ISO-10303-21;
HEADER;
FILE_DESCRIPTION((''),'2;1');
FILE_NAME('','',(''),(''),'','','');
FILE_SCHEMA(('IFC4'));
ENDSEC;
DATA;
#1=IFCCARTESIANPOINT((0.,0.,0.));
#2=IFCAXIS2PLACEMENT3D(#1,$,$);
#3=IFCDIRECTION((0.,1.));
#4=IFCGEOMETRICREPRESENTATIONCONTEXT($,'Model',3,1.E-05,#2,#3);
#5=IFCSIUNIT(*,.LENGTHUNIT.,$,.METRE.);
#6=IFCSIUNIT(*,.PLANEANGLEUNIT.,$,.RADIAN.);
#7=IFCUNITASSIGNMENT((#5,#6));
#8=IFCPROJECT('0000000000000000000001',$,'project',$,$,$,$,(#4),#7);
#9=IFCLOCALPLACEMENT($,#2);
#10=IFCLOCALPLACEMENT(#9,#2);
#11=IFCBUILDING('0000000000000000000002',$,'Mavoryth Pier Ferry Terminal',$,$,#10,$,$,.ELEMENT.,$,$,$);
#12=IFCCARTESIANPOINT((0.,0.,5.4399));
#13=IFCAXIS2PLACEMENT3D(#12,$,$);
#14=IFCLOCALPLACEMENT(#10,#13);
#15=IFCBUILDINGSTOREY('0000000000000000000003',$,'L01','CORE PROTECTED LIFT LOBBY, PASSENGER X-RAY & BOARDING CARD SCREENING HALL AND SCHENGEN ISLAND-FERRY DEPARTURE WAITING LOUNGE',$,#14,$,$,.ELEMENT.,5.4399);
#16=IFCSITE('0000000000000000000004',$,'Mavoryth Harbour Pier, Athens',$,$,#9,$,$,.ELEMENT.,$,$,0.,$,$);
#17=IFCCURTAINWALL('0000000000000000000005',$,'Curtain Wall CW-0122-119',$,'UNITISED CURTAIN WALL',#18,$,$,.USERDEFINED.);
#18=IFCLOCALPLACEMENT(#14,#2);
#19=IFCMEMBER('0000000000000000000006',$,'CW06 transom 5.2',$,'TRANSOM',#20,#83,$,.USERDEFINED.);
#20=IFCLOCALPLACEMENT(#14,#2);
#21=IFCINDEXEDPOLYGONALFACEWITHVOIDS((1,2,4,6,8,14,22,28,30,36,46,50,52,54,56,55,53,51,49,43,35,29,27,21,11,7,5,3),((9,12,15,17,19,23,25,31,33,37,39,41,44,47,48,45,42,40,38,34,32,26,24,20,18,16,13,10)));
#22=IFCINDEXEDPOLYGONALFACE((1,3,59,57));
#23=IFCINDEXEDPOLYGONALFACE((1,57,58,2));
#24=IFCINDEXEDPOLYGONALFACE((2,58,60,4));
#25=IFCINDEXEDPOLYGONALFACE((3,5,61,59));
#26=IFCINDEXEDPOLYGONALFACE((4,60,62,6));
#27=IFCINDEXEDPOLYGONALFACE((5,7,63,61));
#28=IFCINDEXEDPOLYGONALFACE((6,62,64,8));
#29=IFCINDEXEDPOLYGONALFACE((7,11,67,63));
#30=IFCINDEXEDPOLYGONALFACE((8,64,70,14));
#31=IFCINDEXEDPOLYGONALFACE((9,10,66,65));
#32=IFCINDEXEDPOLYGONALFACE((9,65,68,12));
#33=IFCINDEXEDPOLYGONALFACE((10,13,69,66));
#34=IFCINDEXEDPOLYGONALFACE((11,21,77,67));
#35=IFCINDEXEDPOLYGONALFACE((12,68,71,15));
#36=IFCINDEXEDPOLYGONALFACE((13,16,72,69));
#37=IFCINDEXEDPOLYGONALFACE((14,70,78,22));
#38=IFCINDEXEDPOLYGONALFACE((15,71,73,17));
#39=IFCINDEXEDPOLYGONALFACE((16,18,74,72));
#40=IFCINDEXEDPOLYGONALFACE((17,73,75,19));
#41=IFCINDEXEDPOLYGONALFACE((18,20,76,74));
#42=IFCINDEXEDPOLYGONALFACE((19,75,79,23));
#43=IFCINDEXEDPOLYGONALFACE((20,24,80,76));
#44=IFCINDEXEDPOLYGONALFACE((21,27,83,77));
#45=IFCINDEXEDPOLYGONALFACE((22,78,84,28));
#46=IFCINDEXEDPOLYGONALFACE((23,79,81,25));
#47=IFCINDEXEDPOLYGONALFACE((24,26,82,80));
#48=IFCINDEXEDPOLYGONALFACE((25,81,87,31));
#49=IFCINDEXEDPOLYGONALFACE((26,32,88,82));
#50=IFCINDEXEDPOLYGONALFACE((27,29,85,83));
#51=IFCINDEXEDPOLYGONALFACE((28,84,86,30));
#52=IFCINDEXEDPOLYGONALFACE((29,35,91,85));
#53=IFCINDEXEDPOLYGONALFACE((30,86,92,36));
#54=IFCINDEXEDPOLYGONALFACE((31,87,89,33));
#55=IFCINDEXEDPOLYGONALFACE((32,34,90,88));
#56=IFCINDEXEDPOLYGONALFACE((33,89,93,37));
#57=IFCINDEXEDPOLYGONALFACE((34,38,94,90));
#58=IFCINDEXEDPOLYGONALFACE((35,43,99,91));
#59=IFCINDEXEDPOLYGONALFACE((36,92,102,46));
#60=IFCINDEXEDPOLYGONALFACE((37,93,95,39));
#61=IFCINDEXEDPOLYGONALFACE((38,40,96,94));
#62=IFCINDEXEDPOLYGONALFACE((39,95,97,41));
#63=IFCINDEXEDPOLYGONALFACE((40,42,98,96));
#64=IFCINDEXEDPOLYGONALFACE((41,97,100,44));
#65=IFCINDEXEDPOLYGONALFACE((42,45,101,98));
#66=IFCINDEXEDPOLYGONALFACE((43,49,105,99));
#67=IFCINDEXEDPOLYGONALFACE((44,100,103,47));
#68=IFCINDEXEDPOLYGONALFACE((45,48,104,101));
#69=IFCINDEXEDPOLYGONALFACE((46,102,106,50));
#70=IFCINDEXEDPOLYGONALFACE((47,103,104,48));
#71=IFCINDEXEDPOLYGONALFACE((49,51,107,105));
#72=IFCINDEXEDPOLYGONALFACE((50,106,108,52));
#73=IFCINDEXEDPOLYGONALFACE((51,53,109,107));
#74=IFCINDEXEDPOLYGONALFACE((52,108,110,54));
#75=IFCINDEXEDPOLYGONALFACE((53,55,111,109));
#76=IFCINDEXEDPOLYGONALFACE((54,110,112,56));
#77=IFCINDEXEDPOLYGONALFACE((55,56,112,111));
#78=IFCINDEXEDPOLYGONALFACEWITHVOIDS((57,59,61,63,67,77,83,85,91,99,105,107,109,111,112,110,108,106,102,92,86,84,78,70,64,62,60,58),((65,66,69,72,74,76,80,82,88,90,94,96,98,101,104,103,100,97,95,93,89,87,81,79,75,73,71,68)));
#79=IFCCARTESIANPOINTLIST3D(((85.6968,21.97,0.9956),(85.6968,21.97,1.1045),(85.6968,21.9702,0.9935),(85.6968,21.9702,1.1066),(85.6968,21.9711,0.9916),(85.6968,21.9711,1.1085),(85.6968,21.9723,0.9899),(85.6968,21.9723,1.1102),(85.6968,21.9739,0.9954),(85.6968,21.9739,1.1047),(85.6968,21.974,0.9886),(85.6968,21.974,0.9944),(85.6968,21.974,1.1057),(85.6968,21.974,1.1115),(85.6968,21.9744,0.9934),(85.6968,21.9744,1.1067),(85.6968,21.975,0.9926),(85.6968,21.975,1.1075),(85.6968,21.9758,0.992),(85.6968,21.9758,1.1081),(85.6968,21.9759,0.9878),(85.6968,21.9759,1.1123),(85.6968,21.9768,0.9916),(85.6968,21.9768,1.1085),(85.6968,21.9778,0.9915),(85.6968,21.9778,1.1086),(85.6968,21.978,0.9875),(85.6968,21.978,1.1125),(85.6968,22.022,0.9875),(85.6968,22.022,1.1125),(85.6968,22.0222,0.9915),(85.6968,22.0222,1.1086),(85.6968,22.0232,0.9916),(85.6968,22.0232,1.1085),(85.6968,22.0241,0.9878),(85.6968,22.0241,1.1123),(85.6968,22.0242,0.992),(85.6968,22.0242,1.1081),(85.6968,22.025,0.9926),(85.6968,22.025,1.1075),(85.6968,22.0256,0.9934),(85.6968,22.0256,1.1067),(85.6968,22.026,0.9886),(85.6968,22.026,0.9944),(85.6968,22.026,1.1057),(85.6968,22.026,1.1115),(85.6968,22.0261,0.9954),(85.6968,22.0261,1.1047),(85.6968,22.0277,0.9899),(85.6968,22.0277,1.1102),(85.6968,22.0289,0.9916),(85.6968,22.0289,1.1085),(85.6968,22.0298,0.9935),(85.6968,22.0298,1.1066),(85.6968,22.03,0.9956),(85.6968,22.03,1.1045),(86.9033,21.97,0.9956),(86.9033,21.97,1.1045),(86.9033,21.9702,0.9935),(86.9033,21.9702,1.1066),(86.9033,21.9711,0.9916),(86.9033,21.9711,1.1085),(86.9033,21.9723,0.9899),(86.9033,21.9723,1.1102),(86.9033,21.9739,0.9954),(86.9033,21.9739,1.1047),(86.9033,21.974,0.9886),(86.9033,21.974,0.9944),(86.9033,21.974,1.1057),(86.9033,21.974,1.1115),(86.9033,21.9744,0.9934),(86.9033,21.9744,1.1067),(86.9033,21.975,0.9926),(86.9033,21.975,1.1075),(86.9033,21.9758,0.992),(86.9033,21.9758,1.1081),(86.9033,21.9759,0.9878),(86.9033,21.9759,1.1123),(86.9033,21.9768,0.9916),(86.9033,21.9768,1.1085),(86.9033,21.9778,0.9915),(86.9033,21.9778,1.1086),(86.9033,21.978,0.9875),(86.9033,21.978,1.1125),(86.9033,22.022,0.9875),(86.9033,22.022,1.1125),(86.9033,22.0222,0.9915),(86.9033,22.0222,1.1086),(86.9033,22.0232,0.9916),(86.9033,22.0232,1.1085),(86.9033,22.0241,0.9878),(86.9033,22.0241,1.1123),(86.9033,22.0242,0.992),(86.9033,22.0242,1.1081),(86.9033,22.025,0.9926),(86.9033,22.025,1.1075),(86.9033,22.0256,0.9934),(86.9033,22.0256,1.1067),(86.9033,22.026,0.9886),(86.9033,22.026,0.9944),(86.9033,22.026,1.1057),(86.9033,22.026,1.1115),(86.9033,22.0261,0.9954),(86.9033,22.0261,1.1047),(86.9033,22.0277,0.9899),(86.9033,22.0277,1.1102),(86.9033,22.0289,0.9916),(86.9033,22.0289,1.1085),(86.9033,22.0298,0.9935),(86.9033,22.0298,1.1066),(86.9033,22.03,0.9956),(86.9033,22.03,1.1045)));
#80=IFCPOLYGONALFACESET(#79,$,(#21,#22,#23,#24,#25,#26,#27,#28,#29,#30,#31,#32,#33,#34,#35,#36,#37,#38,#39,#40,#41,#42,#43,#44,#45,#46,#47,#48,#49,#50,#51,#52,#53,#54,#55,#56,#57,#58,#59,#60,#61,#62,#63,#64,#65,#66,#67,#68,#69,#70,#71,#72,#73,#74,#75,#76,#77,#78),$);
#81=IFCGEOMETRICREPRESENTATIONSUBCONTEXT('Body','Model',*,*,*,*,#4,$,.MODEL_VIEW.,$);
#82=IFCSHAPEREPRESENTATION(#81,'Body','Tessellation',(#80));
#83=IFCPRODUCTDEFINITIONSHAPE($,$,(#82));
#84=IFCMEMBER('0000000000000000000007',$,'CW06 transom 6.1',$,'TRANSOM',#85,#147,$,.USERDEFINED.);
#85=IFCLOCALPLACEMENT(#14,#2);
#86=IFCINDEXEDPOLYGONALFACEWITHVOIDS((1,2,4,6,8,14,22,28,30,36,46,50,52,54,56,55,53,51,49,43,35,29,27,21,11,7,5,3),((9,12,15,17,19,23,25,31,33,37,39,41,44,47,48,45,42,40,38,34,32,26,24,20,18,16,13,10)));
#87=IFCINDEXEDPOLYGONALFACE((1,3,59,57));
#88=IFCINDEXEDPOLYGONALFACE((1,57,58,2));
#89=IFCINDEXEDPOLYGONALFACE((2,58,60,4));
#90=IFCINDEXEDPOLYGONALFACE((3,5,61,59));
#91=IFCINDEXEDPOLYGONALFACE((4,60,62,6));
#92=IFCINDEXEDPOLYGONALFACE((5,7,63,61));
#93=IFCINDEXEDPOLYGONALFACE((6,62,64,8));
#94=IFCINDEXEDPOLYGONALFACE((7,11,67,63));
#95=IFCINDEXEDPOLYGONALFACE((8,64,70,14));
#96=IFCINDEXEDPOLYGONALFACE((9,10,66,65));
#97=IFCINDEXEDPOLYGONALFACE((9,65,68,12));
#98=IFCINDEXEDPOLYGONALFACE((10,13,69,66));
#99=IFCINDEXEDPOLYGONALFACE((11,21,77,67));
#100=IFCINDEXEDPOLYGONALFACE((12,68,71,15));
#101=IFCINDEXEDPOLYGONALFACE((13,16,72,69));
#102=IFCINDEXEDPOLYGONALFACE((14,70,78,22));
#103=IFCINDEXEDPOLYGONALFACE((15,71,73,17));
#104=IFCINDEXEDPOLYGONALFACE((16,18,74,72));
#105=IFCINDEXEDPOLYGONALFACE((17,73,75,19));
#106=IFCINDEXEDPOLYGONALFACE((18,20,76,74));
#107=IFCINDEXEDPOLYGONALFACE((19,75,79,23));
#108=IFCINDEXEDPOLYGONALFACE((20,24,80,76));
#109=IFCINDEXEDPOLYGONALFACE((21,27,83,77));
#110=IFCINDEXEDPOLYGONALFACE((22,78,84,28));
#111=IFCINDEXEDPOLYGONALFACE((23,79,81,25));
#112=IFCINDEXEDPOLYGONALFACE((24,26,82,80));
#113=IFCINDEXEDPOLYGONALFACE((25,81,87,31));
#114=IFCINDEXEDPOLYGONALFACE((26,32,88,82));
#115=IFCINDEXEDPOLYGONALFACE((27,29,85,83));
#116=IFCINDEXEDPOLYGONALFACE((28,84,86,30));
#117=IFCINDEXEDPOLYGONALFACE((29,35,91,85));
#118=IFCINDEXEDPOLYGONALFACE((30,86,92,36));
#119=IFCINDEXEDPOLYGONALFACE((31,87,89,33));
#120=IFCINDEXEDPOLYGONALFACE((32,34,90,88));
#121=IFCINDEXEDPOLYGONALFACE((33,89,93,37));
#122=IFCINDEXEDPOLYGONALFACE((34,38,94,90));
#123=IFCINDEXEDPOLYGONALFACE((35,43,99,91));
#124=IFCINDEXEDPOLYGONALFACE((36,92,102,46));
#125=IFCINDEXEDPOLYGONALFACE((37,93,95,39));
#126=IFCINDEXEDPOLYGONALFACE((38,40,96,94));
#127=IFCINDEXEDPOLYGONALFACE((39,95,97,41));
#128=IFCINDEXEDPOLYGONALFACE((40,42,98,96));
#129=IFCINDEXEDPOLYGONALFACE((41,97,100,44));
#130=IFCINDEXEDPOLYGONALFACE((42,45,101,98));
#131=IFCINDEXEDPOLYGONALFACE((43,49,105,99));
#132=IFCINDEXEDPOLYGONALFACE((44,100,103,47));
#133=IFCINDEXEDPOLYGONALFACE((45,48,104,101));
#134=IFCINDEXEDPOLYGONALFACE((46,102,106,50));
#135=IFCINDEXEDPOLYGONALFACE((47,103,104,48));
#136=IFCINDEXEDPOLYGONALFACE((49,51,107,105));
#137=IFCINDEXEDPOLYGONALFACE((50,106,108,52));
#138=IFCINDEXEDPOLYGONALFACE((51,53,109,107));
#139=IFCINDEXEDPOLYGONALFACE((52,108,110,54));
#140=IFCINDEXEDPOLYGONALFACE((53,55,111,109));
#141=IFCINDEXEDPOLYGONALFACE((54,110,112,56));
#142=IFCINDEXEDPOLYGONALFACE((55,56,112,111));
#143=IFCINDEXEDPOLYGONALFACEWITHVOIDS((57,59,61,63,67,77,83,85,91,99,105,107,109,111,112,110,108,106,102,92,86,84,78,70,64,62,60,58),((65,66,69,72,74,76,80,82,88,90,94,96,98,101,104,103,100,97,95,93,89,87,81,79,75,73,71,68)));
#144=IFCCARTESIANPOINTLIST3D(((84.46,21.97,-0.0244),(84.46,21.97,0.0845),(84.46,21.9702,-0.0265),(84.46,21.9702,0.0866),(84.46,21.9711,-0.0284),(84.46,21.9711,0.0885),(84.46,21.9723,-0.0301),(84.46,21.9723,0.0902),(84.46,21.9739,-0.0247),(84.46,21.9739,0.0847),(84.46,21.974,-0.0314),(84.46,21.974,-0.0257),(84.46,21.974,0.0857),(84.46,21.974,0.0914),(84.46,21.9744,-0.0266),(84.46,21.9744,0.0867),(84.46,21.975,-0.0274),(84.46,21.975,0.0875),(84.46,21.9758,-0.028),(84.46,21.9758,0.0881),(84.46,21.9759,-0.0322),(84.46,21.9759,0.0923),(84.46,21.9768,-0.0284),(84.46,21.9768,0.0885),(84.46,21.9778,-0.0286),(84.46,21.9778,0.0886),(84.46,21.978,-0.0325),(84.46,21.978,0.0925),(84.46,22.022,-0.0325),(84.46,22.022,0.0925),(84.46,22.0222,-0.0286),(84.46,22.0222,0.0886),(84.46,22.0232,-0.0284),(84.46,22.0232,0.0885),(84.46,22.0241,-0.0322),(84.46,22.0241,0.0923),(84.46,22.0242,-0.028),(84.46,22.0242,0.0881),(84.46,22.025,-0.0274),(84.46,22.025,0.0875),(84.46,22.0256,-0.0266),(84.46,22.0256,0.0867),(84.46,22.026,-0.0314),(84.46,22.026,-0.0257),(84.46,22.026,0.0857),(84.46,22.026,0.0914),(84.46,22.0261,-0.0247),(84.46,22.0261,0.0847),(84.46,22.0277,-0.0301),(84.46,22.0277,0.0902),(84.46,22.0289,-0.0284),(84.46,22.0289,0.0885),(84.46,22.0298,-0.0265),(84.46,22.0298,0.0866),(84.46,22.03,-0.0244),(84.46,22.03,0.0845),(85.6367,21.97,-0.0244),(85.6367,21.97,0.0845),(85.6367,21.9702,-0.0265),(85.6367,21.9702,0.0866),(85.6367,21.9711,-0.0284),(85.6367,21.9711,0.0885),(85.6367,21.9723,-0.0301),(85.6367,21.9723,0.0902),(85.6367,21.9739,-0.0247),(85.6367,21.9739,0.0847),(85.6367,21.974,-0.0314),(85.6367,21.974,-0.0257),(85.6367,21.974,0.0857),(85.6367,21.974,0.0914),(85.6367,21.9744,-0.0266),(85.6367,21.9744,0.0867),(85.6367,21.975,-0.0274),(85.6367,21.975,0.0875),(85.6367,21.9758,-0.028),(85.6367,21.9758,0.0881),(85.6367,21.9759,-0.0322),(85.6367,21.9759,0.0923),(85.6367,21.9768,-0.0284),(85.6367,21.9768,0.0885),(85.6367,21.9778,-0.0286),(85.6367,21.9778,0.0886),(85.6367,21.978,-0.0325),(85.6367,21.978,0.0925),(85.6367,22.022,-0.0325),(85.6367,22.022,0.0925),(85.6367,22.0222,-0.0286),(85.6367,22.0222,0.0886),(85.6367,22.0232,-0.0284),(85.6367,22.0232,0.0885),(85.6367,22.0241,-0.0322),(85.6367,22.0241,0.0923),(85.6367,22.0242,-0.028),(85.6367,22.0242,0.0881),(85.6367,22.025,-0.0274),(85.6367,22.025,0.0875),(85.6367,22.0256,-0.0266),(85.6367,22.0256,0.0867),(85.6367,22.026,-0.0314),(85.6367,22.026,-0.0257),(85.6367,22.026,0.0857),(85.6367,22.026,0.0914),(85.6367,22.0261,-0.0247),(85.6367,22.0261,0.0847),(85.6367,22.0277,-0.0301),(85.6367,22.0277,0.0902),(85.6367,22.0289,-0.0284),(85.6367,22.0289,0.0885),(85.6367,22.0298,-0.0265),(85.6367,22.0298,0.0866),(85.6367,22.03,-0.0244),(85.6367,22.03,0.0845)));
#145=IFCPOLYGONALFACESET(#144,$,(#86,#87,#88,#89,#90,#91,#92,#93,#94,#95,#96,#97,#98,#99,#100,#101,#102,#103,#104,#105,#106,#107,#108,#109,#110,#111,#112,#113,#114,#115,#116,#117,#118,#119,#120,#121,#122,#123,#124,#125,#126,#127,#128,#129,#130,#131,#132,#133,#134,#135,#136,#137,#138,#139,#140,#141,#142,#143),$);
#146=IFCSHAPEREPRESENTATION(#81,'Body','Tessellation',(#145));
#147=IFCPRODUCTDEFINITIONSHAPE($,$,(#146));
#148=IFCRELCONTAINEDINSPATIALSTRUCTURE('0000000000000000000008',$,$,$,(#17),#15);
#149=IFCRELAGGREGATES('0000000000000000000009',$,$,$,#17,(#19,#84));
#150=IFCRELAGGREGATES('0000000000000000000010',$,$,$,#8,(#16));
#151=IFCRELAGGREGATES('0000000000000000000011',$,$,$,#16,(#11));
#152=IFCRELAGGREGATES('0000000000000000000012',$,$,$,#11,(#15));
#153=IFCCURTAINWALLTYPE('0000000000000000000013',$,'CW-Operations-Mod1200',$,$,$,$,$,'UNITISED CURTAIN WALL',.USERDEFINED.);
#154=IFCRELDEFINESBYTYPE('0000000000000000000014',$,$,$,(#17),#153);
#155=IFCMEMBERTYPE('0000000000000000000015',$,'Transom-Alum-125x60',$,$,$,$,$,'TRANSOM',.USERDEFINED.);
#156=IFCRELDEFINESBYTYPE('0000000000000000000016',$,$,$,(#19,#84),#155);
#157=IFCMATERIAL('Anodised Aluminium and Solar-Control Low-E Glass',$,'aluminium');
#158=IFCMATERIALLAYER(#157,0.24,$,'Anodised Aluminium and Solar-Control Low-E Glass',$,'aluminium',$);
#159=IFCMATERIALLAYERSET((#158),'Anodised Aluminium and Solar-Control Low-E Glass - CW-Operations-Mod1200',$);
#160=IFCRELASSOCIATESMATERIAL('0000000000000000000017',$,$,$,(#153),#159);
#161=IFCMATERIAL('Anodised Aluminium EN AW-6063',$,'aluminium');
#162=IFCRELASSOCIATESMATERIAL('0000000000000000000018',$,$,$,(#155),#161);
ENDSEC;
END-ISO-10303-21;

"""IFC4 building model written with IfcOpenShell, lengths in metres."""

from ifc_helpers import new_model, si_unit, direction, frame, origin, origin_2d, place, context, subcontext, project, spatial, hollow_rectangle, extrude, material, layer, layer_set, material_profile, profile_set, type_object, element, aggregate, save


model = new_model("IFC4")

# Units and contexts
model_context = context("Model", 3, precision=1e-05, world=origin(), true_north=direction((0.0, 1.0)))
body_context = subcontext(model_context, "Body", "Model", "MODEL_VIEW")
ifc_project = project(units=[si_unit("LENGTHUNIT", "METRE"), si_unit("PLANEANGLEUNIT", "RADIAN")], contexts=[model_context])

# Site, building, storey
site_placement = place(None, origin())
site = spatial("IfcSite", under=ifc_project, at=site_placement, Name="Mavoryth Harbour Pier, Athens", CompositionType="ELEMENT", RefElevation=0.0)
building_placement = place(site_placement, origin())
building = spatial("IfcBuilding", under=site, at=building_placement, Name="Mavoryth Pier Ferry Terminal", CompositionType="ELEMENT")
storey_placement = place(building_placement, frame((0.0, 0.0, 5.4399)))
storey = spatial("IfcBuildingStorey", under=building, at=storey_placement, Name="L01", Description="CORE PROTECTED LIFT LOBBY, PASSENGER X-RAY & BOARDING CARD SCREENING HALL AND SCHENGEN ISLAND-FERRY DEPARTURE WAITING LOUNGE", CompositionType="ELEMENT", Elevation=5.4399)

# Curtain wall
ifc_material_1 = material(Name="Anodised Aluminium and Solar-Control Low-E Glass", Category="aluminium")
ifc_layer_1 = layer(ifc_material_1, 0.24, Name="Anodised Aluminium and Solar-Control Low-E Glass", Category="aluminium")
ifc_layer_set_1 = layer_set([ifc_layer_1], Name="Anodised Aluminium and Solar-Control Low-E Glass - CW-Operations-Mod1200")
curtain_wall_type = type_object("IfcCurtainWallType", Name="CW-Operations-Mod1200", ElementType="UNITISED CURTAIN WALL", PredefinedType="USERDEFINED", material=ifc_layer_set_1)
ifc_material_2 = material(Name="Anodised Aluminium EN AW-6063", Category="aluminium")
curtain_wall_1_placement = place(storey_placement, origin())
curtain_wall_1 = element("IfcCurtainWall", 1, at=curtain_wall_1_placement, inside=storey, type_object=curtain_wall_type, Name="Curtain Wall CW-0122-119", ObjectType="UNITISED CURTAIN WALL", PredefinedType="USERDEFINED")

# Members
ifc_material_profile_1 = material_profile(ifc_material_2, hollow_rectangle(XDim=0.0601, YDim=0.125, WallThickness=0.0039, InnerFilletRadius=0.0039, OuterFilletRadius=0.0081, at=origin_2d()), Name="AL-TRAN 125x60x4", Category="aluminium")
ifc_profile_set_1 = profile_set([ifc_material_profile_1], Name="Anodised Aluminium EN AW-6063 - AL-TRAN 125x60x4")
member_type_1 = type_object("IfcMemberType", Name="Transom-Alum-125x60", ElementType="TRANSOM", PredefinedType="USERDEFINED", material=ifc_profile_set_1)
member_1_placement = place(storey_placement, frame((86.9033, 22.0, 1.05), z_axis=(-1.0, 0.0, 0.0), x_axis=(0.0, -1.0, 0.0)))
member_1 = element("IfcMember", 2, at=member_1_placement, type_object=member_type_1, Name="CW06 transom 5.2", ObjectType="TRANSOM", PredefinedType="USERDEFINED", context=body_context, shape_type="SweptSolid", body=[
    extrude(hollow_rectangle(XDim=0.0601, YDim=0.125, WallThickness=0.0039, InnerFilletRadius=0.0039, OuterFilletRadius=0.0081, at=origin_2d()), origin(), (0.0, 0.0, 1.0), 1.2065),
])
member_2_placement = place(storey_placement, frame((85.6367, 22.0, 0.03), z_axis=(-1.0, 0.0, 0.0), x_axis=(0.0, -1.0, 0.0)))
member_2 = element("IfcMember", 3, at=member_2_placement, type_object=member_type_1, Name="CW06 transom 6.1", ObjectType="TRANSOM", PredefinedType="USERDEFINED", context=body_context, shape_type="SweptSolid", body=[
    extrude(hollow_rectangle(XDim=0.0601, YDim=0.125, WallThickness=0.0039, InnerFilletRadius=0.0039, OuterFilletRadius=0.0081, at=origin_2d()), origin(), (0.0, 0.0, 1.0), 1.1768),
])

aggregate(curtain_wall_1, [member_1, member_2])

save(model, "model.ifc")
